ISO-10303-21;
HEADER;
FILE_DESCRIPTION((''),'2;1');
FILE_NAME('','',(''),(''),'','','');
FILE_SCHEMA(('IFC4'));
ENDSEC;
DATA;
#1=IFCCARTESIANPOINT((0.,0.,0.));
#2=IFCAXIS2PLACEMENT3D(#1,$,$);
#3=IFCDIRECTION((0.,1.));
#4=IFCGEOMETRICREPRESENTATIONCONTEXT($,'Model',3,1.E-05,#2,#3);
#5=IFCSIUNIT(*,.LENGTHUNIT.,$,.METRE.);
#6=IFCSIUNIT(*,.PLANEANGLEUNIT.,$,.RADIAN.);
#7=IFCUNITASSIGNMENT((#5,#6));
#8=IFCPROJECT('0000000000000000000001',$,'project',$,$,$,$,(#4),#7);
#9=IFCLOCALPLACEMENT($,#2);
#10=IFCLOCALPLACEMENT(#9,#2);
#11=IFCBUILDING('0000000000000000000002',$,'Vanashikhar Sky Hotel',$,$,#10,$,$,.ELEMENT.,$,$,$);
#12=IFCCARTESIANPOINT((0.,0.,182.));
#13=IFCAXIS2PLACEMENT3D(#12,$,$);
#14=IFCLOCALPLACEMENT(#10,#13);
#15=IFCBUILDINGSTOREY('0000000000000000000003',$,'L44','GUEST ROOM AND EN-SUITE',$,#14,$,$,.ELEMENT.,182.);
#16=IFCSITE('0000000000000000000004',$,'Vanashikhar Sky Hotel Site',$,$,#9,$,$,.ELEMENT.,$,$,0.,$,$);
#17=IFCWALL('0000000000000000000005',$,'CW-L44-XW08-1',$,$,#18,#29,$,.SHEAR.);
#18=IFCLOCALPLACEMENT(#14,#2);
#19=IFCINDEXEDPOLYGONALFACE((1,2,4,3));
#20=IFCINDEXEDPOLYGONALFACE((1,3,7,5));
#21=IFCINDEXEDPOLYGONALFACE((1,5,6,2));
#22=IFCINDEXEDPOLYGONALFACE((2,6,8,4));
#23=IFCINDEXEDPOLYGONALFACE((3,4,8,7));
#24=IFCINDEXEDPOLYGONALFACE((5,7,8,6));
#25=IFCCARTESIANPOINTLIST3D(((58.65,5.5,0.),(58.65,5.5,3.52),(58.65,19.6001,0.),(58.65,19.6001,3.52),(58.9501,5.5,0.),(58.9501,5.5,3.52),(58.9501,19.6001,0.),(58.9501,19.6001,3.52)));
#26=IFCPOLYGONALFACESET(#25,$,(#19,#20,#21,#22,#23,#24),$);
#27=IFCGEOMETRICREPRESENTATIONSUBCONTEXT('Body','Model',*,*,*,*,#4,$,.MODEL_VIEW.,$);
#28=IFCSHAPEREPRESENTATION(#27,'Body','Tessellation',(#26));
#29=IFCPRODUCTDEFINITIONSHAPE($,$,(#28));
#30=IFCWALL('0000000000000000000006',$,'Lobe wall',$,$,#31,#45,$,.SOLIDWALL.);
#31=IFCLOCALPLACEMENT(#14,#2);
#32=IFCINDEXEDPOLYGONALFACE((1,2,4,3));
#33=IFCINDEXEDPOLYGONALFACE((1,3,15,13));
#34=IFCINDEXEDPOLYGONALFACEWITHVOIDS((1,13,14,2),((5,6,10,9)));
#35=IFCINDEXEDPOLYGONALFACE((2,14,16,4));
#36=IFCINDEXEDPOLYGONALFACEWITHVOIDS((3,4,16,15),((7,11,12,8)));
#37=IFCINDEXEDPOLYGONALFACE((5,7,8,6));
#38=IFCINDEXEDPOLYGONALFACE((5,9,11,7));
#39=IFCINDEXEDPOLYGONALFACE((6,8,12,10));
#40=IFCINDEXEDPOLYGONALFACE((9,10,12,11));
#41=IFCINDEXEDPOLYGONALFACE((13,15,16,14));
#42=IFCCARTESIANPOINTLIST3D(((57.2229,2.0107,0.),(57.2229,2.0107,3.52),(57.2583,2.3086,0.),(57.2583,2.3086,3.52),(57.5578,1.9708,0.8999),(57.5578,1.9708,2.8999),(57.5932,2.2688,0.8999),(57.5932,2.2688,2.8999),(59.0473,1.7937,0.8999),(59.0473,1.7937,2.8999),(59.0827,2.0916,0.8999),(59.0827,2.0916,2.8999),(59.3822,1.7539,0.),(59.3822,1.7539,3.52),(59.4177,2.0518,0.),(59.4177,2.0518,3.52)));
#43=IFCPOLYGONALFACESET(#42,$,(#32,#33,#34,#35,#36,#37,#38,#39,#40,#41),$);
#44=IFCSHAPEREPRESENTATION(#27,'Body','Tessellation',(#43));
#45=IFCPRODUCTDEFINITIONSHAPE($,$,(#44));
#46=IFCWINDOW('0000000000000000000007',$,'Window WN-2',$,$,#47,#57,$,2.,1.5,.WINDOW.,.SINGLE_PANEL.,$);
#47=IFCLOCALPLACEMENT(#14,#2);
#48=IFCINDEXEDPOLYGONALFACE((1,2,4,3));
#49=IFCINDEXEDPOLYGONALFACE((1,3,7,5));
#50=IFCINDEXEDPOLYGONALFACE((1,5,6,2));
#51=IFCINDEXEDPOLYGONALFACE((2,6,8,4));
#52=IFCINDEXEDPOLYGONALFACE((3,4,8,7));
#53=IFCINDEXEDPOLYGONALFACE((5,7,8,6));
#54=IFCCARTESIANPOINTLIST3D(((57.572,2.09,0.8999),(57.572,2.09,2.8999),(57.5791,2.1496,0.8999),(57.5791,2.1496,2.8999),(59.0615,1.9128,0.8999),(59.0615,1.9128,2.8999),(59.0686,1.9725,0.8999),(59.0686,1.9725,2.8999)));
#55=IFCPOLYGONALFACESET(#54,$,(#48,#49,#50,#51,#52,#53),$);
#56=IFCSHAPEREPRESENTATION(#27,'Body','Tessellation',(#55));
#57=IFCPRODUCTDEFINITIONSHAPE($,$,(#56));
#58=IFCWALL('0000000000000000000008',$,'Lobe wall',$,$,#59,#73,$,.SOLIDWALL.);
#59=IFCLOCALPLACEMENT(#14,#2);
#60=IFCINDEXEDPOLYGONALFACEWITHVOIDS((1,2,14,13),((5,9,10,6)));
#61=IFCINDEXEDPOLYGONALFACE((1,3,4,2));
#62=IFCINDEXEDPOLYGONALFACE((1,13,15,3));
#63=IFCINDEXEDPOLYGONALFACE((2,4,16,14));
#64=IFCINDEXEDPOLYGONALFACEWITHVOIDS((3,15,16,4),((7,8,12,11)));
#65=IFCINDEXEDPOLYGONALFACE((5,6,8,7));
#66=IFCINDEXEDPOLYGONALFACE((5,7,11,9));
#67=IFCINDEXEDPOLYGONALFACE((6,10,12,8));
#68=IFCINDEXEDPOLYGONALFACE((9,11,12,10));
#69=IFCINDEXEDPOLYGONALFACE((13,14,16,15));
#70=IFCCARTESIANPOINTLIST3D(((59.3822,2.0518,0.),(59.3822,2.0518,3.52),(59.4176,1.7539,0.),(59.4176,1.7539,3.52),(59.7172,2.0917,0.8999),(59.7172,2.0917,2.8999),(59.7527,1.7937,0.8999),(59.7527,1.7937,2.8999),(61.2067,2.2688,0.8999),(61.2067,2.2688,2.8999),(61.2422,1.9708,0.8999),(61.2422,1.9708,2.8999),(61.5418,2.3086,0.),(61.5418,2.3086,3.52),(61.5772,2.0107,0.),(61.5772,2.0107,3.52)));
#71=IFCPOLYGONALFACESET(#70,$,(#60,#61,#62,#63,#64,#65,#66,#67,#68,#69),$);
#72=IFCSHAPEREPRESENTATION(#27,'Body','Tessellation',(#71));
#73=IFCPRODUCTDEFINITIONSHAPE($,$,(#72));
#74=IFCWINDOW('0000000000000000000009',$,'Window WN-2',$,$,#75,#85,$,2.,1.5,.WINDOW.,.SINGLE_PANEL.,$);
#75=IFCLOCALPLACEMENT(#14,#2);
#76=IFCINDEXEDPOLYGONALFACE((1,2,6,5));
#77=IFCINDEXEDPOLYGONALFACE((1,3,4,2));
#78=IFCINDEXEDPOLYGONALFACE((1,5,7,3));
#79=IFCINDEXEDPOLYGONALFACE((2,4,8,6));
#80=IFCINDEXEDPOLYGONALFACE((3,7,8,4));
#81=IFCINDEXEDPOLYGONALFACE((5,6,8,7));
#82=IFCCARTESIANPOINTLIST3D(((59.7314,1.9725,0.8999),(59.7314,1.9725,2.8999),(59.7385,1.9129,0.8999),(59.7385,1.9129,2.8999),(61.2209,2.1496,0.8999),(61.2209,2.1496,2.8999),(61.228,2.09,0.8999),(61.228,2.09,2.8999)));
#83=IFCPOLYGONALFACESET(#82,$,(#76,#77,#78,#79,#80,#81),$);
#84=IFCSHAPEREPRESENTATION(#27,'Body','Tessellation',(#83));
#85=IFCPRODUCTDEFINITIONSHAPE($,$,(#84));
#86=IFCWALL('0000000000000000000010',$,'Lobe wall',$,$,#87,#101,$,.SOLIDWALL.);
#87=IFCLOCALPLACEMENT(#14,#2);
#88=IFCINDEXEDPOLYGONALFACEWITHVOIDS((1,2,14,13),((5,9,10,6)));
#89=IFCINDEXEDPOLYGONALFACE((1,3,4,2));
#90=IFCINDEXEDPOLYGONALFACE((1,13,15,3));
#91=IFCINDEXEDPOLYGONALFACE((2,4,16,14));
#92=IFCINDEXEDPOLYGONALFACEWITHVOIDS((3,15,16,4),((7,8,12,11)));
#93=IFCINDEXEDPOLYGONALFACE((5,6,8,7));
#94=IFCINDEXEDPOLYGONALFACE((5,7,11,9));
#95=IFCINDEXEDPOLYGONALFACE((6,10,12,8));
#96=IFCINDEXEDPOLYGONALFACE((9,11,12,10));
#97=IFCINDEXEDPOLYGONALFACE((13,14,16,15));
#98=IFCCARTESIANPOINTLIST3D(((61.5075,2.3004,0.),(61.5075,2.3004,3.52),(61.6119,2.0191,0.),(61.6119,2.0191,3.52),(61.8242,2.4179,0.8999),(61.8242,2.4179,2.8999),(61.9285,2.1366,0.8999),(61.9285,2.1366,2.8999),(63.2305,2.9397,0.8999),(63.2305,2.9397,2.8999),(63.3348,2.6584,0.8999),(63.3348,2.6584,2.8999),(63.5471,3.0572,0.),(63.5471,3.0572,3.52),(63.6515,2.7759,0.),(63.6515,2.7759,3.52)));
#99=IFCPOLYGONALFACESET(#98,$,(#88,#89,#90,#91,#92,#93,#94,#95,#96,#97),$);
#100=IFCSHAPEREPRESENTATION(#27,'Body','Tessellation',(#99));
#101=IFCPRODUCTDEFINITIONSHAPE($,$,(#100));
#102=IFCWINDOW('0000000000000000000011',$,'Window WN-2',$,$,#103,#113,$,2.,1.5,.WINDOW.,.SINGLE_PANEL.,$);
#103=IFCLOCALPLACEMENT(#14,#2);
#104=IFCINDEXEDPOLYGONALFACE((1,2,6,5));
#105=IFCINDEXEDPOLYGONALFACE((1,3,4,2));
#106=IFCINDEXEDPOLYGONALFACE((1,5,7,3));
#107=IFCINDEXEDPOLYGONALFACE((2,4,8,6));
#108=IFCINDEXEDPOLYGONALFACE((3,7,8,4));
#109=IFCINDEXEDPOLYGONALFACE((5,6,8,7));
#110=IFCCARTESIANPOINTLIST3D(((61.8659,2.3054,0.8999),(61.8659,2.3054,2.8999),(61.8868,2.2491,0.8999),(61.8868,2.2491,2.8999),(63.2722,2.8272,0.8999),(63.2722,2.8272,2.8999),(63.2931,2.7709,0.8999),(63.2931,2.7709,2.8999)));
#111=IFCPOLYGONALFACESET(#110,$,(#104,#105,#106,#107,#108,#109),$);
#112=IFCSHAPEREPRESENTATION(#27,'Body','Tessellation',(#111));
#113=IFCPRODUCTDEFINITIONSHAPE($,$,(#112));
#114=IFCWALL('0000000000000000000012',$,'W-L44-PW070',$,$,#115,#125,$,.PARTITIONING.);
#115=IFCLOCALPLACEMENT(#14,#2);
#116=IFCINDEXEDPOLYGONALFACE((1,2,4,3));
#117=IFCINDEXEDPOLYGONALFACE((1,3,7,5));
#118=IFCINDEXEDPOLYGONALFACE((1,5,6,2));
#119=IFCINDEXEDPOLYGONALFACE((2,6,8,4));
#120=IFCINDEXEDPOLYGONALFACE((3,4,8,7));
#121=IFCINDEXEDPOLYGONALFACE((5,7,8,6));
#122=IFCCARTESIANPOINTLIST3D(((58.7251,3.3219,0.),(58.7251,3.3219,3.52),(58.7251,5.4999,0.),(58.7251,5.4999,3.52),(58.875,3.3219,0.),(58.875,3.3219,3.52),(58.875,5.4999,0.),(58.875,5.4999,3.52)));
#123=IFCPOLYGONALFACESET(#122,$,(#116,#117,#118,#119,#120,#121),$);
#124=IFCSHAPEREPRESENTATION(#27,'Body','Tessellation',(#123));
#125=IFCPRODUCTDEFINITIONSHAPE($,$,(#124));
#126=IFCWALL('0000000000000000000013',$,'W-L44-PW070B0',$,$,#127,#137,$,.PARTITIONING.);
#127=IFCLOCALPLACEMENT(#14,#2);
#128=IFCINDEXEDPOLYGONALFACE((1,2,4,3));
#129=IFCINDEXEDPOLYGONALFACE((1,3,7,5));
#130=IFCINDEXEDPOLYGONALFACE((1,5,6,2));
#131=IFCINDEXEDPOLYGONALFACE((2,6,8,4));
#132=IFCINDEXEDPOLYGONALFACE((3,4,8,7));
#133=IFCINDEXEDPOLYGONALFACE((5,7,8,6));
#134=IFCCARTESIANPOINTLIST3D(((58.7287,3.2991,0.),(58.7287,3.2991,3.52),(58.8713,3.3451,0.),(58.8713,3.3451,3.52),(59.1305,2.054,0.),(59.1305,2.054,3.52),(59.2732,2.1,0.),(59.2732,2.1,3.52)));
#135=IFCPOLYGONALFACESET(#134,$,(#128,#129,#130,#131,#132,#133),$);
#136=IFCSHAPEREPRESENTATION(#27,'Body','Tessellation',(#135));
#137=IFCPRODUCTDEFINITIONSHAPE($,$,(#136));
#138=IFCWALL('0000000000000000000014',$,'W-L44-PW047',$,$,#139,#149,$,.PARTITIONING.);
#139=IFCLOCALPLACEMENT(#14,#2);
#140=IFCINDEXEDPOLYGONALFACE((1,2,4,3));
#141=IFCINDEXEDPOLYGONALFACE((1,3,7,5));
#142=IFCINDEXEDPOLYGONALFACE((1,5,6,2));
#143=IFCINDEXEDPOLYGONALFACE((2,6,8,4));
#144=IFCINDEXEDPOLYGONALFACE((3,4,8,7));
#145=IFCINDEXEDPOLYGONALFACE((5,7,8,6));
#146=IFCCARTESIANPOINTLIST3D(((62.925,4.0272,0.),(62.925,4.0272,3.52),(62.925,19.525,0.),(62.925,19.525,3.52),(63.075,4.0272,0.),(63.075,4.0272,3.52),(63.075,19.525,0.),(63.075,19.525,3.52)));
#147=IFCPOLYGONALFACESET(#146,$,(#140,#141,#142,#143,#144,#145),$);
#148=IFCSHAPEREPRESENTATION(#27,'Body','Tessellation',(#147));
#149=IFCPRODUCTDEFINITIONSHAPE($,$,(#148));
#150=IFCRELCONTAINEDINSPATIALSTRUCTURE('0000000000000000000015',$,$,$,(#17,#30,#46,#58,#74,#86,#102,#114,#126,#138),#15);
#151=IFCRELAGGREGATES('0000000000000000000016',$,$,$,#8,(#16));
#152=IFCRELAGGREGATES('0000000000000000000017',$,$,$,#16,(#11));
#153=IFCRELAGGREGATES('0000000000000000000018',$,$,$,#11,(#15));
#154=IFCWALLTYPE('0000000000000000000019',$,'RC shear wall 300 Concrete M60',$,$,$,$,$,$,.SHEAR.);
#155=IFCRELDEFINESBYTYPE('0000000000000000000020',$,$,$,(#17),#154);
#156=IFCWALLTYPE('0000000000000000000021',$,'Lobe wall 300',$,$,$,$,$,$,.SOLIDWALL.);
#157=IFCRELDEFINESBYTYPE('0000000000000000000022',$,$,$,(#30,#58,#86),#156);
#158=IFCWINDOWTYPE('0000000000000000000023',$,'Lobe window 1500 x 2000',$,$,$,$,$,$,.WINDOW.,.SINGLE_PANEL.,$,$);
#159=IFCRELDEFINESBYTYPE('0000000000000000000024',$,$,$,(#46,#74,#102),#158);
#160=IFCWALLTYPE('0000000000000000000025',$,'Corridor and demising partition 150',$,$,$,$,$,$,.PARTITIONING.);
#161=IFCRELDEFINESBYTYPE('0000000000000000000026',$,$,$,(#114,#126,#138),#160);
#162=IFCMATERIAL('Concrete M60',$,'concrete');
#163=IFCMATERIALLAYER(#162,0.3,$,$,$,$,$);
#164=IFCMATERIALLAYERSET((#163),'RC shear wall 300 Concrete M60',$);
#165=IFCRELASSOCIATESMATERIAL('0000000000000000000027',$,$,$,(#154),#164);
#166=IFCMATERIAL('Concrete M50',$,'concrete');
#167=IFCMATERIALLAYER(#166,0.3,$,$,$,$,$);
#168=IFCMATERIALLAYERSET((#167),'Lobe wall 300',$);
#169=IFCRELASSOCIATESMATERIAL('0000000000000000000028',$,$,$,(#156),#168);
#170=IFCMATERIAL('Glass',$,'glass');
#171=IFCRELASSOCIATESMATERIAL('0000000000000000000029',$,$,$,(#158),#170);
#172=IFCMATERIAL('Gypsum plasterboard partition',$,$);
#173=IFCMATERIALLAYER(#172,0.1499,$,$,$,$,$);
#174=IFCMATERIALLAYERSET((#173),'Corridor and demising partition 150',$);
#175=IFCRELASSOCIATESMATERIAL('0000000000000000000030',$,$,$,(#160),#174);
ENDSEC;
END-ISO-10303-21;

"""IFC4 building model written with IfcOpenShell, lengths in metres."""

from ifc_helpers import new_model, si_unit, direction, frame, frame_2d, origin, place, context, subcontext, project, spatial, rectangle, extrude, source, transform, mapped, material, layer, layer_set, type_object, element, fill, save


model = new_model("IFC4")

# Units and contexts
model_context = context("Model", 3, precision=1e-05, world=origin(), true_north=direction((0.0, 1.0)))
body_context = subcontext(model_context, "Body", "Model", "MODEL_VIEW")
ifc_project = project(units=[si_unit("LENGTHUNIT", "METRE"), si_unit("PLANEANGLEUNIT", "RADIAN")], contexts=[model_context])

# Site, building, storey
site_placement = place(None, origin())
site = spatial("IfcSite", under=ifc_project, at=site_placement, Name="Vanashikhar Sky Hotel Site", CompositionType="ELEMENT", RefElevation=0.0)
building_placement = place(site_placement, origin())
building = spatial("IfcBuilding", under=site, at=building_placement, Name="Vanashikhar Sky Hotel", CompositionType="ELEMENT")
storey_placement = place(building_placement, frame((0.0, 0.0, 182.0)))
storey = spatial("IfcBuildingStorey", under=building, at=storey_placement, Name="L44", Description="GUEST ROOM AND EN-SUITE", CompositionType="ELEMENT", Elevation=182.0)

# Wall
ifc_material_1 = material(Name="Concrete M60", Category="concrete")
ifc_layer_1 = layer(ifc_material_1, 0.3)
ifc_layer_set_1 = layer_set([ifc_layer_1], Name="RC shear wall 300 Concrete M60")
wall_type_1 = type_object("IfcWallType", Name="RC shear wall 300 Concrete M60", PredefinedType="SHEAR", material=ifc_layer_set_1)
shared_shape_1 = source(origin(), body_context, "Body", "SweptSolid", [
    extrude(rectangle(XDim=14.1001, YDim=0.3, at=frame_2d((7.05, 0.0))), origin(), (0.0, 0.0, 1.0), 3.52),
])
wall_1_placement = place(storey_placement, frame((58.8, 5.5, 0.0), z_axis=(0.0, 0.0, 1.0), x_axis=(0.0, 1.0, 0.0)))
element("IfcWall", 1, at=wall_1_placement, inside=storey, type_object=wall_type_1, Name="CW-L44-XW08-1", PredefinedType="SHEAR", context=body_context, shape_type="MappedRepresentation", body=[
    mapped(shared_shape_1, transform((0.0, 0.0, 0.0), scale=1.0)),
])

# Walls, openings, windows
ifc_material_2 = material(Name="Concrete M50", Category="concrete")
ifc_layer_2 = layer(ifc_material_2, 0.3)
ifc_layer_set_2 = layer_set([ifc_layer_2], Name="Lobe wall 300")
wall_type_2 = type_object("IfcWallType", Name="Lobe wall 300", PredefinedType="SOLIDWALL", material=ifc_layer_set_2)
shared_shape_2 = source(origin(), body_context, "Body", "SweptSolid", [
    extrude(rectangle(XDim=2.1746, YDim=0.3, at=frame_2d((1.0874, 0.0))), origin(), (0.0, 0.0, 1.0), 3.52),
])
wall_2_placement = place(storey_placement, frame((57.2405, 2.1597, 0.0), z_axis=(0.0, 0.0, 1.0), x_axis=(0.993001, -0.118105, 0.0)))
wall_2 = element("IfcWall", 2, at=wall_2_placement, inside=storey, type_object=wall_type_2, Name="Lobe wall", PredefinedType="SOLIDWALL", context=body_context, shape_type="MappedRepresentation", body=[
    mapped(shared_shape_2, transform((0.0, 0.0, 0.0), scale=1.0)),
])
shared_shape_3 = source(origin(), body_context, "Body", "SweptSolid", [
    extrude(rectangle(XDim=1.5, YDim=2.0, at=frame_2d((0.75, 1.0))), frame((0.0, 0.1602, 0.0), z_axis=(0.0, -1.0, 0.0), x_axis=(1.0, 0.0, 0.0)), (0.0, 0.0, 1.0), 0.3201),
])
opening_1_placement = place(wall_2_placement, frame((0.3374, 0.0, 0.8999)))
opening_1 = element("IfcOpeningElement", 3, at=opening_1_placement, cuts=wall_2, PredefinedType="OPENING", context=body_context, shape_type="MappedRepresentation", body=[
    mapped(shared_shape_3, transform((0.0, 0.0, 0.0), scale=1.0)),
])
ifc_material_3 = material(Name="Glass", Category="glass")
window_type = type_object("IfcWindowType", Name="Lobe window 1500 x 2000", PartitioningType="SINGLE_PANEL", PredefinedType="WINDOW", material=ifc_material_3)
shared_shape_4 = source(origin(), body_context, "Body", "SweptSolid", [
    extrude(rectangle(XDim=1.5, YDim=2.0, at=frame_2d((0.75, 1.0))), frame((0.0, 0.03, 0.0), z_axis=(0.0, -1.0, 0.0), x_axis=(1.0, 0.0, 0.0)), (0.0, 0.0, 1.0), 0.0601),
])
window_1_placement = place(opening_1_placement, origin())
window_1 = element("IfcWindow", 4, at=window_1_placement, inside=storey, type_object=window_type, Name="Window WN-2", OverallHeight=2.0, OverallWidth=1.5, PartitioningType="SINGLE_PANEL", PredefinedType="WINDOW", context=body_context, shape_type="MappedRepresentation", body=[
    mapped(shared_shape_4, transform((0.0, 0.0, 0.0), scale=1.0)),
])
fill(opening_1, window_1)
shared_shape_5 = source(origin(), body_context, "Body", "SweptSolid", [
    extrude(rectangle(XDim=2.1748, YDim=0.3, at=frame_2d((1.0874, 0.0))), origin(), (0.0, 0.0, 1.0), 3.52),
])
wall_3_placement = place(storey_placement, frame((59.3999, 1.9028, 0.0), z_axis=(0.0, 0.0, 1.0), x_axis=(0.993003, 0.118092, 0.0)))
wall_3 = element("IfcWall", 5, at=wall_3_placement, inside=storey, type_object=wall_type_2, Name="Lobe wall", PredefinedType="SOLIDWALL", context=body_context, shape_type="MappedRepresentation", body=[
    mapped(shared_shape_5, transform((0.0, 0.0, 0.0), scale=1.0)),
])
opening_2_placement = place(wall_3_placement, frame((0.3374, 0.0, 0.8999)))
opening_2 = element("IfcOpeningElement", 6, at=opening_2_placement, cuts=wall_3, PredefinedType="OPENING", context=body_context, shape_type="MappedRepresentation", body=[
    mapped(shared_shape_3, transform((0.0, 0.0, 0.0), scale=1.0)),
])
window_2_placement = place(opening_2_placement, origin())
window_2 = element("IfcWindow", 7, at=window_2_placement, inside=storey, type_object=window_type, Name="Window WN-2", OverallHeight=2.0, OverallWidth=1.5, PartitioningType="SINGLE_PANEL", PredefinedType="WINDOW", context=body_context, shape_type="MappedRepresentation", body=[
    mapped(shared_shape_4, transform((0.0, 0.0, 0.0), scale=1.0)),
])
fill(opening_2, window_2)
shared_shape_6 = source(origin(), body_context, "Body", "SweptSolid", [
    extrude(rectangle(XDim=2.1755, YDim=0.3, at=frame_2d((1.0879, 0.0))), origin(), (0.0, 0.0, 1.0), 3.52),
])
wall_4_placement = place(storey_placement, frame((61.5596, 2.1597, 0.0), z_axis=(0.0, 0.0, 1.0), x_axis=(0.937532, 0.347899, 0.0)))
wall_4 = element("IfcWall", 8, at=wall_4_placement, inside=storey, type_object=wall_type_2, Name="Lobe wall", PredefinedType="SOLIDWALL", context=body_context, shape_type="MappedRepresentation", body=[
    mapped(shared_shape_6, transform((0.0, 0.0, 0.0), scale=1.0)),
])
opening_3_placement = place(wall_4_placement, frame((0.3379, 0.0, 0.8999)))
opening_3 = element("IfcOpeningElement", 9, at=opening_3_placement, cuts=wall_4, PredefinedType="OPENING", context=body_context, shape_type="MappedRepresentation", body=[
    mapped(shared_shape_3, transform((0.0, 0.0, 0.0), scale=1.0)),
])
window_3_placement = place(opening_3_placement, origin())
window_3 = element("IfcWindow", 10, at=window_3_placement, inside=storey, type_object=window_type, Name="Window WN-2", OverallHeight=2.0, OverallWidth=1.5, PartitioningType="SINGLE_PANEL", PredefinedType="WINDOW", context=body_context, shape_type="MappedRepresentation", body=[
    mapped(shared_shape_4, transform((0.0, 0.0, 0.0), scale=1.0)),
])
fill(opening_3, window_3)

# Walls
ifc_material_4 = material(Name="Gypsum plasterboard partition")
ifc_layer_3 = layer(ifc_material_4, 0.1499)
ifc_layer_set_3 = layer_set([ifc_layer_3], Name="Corridor and demising partition 150")
wall_type_3 = type_object("IfcWallType", Name="Corridor and demising partition 150", PredefinedType="PARTITIONING", material=ifc_layer_set_3)
shared_shape_7 = source(origin(), body_context, "Body", "SweptSolid", [
    extrude(rectangle(XDim=2.178, YDim=0.1499, at=frame_2d((1.0889, 0.0))), origin(), (0.0, 0.0, 1.0), 3.52),
])
wall_5_placement = place(storey_placement, frame((58.8, 3.322, 0.0), z_axis=(0.0, 0.0, 1.0), x_axis=(0.0, 1.0, 0.0)))
element("IfcWall", 11, at=wall_5_placement, inside=storey, type_object=wall_type_3, Name="W-L44-PW070", PredefinedType="PARTITIONING", context=body_context, shape_type="MappedRepresentation", body=[
    mapped(shared_shape_7, transform((0.0, 0.0, 0.0), scale=1.0)),
])
shared_shape_8 = source(origin(), body_context, "Body", "SweptSolid", [
    extrude(rectangle(XDim=1.3083, YDim=0.1499, at=frame_2d((0.6543, 0.0))), origin(), (0.0, 0.0, 1.0), 3.52),
])
wall_6_placement = place(storey_placement, frame((59.2019, 2.0769, 0.0), z_axis=(0.0, 0.0, 1.0), x_axis=(-0.307145, 0.951663, 0.0)))
element("IfcWall", 12, at=wall_6_placement, inside=storey, type_object=wall_type_3, Name="W-L44-PW070B0", PredefinedType="PARTITIONING", context=body_context, shape_type="MappedRepresentation", body=[
    mapped(shared_shape_8, transform((0.0, 0.0, 0.0), scale=1.0)),
])
shared_shape_9 = source(origin(), body_context, "Body", "SweptSolid", [
    extrude(rectangle(XDim=15.4978, YDim=0.1499, at=frame_2d((7.749, 0.0))), origin(), (0.0, 0.0, 1.0), 3.52),
])
wall_7_placement = place(storey_placement, frame((63.0, 4.0271, 0.0), z_axis=(0.0, 0.0, 1.0), x_axis=(0.0, 1.0, 0.0)))
element("IfcWall", 13, at=wall_7_placement, inside=storey, type_object=wall_type_3, Name="W-L44-PW047", PredefinedType="PARTITIONING", context=body_context, shape_type="MappedRepresentation", body=[
    mapped(shared_shape_9, transform((0.0, 0.0, 0.0), scale=1.0)),
])

save(model, "model.ifc")
